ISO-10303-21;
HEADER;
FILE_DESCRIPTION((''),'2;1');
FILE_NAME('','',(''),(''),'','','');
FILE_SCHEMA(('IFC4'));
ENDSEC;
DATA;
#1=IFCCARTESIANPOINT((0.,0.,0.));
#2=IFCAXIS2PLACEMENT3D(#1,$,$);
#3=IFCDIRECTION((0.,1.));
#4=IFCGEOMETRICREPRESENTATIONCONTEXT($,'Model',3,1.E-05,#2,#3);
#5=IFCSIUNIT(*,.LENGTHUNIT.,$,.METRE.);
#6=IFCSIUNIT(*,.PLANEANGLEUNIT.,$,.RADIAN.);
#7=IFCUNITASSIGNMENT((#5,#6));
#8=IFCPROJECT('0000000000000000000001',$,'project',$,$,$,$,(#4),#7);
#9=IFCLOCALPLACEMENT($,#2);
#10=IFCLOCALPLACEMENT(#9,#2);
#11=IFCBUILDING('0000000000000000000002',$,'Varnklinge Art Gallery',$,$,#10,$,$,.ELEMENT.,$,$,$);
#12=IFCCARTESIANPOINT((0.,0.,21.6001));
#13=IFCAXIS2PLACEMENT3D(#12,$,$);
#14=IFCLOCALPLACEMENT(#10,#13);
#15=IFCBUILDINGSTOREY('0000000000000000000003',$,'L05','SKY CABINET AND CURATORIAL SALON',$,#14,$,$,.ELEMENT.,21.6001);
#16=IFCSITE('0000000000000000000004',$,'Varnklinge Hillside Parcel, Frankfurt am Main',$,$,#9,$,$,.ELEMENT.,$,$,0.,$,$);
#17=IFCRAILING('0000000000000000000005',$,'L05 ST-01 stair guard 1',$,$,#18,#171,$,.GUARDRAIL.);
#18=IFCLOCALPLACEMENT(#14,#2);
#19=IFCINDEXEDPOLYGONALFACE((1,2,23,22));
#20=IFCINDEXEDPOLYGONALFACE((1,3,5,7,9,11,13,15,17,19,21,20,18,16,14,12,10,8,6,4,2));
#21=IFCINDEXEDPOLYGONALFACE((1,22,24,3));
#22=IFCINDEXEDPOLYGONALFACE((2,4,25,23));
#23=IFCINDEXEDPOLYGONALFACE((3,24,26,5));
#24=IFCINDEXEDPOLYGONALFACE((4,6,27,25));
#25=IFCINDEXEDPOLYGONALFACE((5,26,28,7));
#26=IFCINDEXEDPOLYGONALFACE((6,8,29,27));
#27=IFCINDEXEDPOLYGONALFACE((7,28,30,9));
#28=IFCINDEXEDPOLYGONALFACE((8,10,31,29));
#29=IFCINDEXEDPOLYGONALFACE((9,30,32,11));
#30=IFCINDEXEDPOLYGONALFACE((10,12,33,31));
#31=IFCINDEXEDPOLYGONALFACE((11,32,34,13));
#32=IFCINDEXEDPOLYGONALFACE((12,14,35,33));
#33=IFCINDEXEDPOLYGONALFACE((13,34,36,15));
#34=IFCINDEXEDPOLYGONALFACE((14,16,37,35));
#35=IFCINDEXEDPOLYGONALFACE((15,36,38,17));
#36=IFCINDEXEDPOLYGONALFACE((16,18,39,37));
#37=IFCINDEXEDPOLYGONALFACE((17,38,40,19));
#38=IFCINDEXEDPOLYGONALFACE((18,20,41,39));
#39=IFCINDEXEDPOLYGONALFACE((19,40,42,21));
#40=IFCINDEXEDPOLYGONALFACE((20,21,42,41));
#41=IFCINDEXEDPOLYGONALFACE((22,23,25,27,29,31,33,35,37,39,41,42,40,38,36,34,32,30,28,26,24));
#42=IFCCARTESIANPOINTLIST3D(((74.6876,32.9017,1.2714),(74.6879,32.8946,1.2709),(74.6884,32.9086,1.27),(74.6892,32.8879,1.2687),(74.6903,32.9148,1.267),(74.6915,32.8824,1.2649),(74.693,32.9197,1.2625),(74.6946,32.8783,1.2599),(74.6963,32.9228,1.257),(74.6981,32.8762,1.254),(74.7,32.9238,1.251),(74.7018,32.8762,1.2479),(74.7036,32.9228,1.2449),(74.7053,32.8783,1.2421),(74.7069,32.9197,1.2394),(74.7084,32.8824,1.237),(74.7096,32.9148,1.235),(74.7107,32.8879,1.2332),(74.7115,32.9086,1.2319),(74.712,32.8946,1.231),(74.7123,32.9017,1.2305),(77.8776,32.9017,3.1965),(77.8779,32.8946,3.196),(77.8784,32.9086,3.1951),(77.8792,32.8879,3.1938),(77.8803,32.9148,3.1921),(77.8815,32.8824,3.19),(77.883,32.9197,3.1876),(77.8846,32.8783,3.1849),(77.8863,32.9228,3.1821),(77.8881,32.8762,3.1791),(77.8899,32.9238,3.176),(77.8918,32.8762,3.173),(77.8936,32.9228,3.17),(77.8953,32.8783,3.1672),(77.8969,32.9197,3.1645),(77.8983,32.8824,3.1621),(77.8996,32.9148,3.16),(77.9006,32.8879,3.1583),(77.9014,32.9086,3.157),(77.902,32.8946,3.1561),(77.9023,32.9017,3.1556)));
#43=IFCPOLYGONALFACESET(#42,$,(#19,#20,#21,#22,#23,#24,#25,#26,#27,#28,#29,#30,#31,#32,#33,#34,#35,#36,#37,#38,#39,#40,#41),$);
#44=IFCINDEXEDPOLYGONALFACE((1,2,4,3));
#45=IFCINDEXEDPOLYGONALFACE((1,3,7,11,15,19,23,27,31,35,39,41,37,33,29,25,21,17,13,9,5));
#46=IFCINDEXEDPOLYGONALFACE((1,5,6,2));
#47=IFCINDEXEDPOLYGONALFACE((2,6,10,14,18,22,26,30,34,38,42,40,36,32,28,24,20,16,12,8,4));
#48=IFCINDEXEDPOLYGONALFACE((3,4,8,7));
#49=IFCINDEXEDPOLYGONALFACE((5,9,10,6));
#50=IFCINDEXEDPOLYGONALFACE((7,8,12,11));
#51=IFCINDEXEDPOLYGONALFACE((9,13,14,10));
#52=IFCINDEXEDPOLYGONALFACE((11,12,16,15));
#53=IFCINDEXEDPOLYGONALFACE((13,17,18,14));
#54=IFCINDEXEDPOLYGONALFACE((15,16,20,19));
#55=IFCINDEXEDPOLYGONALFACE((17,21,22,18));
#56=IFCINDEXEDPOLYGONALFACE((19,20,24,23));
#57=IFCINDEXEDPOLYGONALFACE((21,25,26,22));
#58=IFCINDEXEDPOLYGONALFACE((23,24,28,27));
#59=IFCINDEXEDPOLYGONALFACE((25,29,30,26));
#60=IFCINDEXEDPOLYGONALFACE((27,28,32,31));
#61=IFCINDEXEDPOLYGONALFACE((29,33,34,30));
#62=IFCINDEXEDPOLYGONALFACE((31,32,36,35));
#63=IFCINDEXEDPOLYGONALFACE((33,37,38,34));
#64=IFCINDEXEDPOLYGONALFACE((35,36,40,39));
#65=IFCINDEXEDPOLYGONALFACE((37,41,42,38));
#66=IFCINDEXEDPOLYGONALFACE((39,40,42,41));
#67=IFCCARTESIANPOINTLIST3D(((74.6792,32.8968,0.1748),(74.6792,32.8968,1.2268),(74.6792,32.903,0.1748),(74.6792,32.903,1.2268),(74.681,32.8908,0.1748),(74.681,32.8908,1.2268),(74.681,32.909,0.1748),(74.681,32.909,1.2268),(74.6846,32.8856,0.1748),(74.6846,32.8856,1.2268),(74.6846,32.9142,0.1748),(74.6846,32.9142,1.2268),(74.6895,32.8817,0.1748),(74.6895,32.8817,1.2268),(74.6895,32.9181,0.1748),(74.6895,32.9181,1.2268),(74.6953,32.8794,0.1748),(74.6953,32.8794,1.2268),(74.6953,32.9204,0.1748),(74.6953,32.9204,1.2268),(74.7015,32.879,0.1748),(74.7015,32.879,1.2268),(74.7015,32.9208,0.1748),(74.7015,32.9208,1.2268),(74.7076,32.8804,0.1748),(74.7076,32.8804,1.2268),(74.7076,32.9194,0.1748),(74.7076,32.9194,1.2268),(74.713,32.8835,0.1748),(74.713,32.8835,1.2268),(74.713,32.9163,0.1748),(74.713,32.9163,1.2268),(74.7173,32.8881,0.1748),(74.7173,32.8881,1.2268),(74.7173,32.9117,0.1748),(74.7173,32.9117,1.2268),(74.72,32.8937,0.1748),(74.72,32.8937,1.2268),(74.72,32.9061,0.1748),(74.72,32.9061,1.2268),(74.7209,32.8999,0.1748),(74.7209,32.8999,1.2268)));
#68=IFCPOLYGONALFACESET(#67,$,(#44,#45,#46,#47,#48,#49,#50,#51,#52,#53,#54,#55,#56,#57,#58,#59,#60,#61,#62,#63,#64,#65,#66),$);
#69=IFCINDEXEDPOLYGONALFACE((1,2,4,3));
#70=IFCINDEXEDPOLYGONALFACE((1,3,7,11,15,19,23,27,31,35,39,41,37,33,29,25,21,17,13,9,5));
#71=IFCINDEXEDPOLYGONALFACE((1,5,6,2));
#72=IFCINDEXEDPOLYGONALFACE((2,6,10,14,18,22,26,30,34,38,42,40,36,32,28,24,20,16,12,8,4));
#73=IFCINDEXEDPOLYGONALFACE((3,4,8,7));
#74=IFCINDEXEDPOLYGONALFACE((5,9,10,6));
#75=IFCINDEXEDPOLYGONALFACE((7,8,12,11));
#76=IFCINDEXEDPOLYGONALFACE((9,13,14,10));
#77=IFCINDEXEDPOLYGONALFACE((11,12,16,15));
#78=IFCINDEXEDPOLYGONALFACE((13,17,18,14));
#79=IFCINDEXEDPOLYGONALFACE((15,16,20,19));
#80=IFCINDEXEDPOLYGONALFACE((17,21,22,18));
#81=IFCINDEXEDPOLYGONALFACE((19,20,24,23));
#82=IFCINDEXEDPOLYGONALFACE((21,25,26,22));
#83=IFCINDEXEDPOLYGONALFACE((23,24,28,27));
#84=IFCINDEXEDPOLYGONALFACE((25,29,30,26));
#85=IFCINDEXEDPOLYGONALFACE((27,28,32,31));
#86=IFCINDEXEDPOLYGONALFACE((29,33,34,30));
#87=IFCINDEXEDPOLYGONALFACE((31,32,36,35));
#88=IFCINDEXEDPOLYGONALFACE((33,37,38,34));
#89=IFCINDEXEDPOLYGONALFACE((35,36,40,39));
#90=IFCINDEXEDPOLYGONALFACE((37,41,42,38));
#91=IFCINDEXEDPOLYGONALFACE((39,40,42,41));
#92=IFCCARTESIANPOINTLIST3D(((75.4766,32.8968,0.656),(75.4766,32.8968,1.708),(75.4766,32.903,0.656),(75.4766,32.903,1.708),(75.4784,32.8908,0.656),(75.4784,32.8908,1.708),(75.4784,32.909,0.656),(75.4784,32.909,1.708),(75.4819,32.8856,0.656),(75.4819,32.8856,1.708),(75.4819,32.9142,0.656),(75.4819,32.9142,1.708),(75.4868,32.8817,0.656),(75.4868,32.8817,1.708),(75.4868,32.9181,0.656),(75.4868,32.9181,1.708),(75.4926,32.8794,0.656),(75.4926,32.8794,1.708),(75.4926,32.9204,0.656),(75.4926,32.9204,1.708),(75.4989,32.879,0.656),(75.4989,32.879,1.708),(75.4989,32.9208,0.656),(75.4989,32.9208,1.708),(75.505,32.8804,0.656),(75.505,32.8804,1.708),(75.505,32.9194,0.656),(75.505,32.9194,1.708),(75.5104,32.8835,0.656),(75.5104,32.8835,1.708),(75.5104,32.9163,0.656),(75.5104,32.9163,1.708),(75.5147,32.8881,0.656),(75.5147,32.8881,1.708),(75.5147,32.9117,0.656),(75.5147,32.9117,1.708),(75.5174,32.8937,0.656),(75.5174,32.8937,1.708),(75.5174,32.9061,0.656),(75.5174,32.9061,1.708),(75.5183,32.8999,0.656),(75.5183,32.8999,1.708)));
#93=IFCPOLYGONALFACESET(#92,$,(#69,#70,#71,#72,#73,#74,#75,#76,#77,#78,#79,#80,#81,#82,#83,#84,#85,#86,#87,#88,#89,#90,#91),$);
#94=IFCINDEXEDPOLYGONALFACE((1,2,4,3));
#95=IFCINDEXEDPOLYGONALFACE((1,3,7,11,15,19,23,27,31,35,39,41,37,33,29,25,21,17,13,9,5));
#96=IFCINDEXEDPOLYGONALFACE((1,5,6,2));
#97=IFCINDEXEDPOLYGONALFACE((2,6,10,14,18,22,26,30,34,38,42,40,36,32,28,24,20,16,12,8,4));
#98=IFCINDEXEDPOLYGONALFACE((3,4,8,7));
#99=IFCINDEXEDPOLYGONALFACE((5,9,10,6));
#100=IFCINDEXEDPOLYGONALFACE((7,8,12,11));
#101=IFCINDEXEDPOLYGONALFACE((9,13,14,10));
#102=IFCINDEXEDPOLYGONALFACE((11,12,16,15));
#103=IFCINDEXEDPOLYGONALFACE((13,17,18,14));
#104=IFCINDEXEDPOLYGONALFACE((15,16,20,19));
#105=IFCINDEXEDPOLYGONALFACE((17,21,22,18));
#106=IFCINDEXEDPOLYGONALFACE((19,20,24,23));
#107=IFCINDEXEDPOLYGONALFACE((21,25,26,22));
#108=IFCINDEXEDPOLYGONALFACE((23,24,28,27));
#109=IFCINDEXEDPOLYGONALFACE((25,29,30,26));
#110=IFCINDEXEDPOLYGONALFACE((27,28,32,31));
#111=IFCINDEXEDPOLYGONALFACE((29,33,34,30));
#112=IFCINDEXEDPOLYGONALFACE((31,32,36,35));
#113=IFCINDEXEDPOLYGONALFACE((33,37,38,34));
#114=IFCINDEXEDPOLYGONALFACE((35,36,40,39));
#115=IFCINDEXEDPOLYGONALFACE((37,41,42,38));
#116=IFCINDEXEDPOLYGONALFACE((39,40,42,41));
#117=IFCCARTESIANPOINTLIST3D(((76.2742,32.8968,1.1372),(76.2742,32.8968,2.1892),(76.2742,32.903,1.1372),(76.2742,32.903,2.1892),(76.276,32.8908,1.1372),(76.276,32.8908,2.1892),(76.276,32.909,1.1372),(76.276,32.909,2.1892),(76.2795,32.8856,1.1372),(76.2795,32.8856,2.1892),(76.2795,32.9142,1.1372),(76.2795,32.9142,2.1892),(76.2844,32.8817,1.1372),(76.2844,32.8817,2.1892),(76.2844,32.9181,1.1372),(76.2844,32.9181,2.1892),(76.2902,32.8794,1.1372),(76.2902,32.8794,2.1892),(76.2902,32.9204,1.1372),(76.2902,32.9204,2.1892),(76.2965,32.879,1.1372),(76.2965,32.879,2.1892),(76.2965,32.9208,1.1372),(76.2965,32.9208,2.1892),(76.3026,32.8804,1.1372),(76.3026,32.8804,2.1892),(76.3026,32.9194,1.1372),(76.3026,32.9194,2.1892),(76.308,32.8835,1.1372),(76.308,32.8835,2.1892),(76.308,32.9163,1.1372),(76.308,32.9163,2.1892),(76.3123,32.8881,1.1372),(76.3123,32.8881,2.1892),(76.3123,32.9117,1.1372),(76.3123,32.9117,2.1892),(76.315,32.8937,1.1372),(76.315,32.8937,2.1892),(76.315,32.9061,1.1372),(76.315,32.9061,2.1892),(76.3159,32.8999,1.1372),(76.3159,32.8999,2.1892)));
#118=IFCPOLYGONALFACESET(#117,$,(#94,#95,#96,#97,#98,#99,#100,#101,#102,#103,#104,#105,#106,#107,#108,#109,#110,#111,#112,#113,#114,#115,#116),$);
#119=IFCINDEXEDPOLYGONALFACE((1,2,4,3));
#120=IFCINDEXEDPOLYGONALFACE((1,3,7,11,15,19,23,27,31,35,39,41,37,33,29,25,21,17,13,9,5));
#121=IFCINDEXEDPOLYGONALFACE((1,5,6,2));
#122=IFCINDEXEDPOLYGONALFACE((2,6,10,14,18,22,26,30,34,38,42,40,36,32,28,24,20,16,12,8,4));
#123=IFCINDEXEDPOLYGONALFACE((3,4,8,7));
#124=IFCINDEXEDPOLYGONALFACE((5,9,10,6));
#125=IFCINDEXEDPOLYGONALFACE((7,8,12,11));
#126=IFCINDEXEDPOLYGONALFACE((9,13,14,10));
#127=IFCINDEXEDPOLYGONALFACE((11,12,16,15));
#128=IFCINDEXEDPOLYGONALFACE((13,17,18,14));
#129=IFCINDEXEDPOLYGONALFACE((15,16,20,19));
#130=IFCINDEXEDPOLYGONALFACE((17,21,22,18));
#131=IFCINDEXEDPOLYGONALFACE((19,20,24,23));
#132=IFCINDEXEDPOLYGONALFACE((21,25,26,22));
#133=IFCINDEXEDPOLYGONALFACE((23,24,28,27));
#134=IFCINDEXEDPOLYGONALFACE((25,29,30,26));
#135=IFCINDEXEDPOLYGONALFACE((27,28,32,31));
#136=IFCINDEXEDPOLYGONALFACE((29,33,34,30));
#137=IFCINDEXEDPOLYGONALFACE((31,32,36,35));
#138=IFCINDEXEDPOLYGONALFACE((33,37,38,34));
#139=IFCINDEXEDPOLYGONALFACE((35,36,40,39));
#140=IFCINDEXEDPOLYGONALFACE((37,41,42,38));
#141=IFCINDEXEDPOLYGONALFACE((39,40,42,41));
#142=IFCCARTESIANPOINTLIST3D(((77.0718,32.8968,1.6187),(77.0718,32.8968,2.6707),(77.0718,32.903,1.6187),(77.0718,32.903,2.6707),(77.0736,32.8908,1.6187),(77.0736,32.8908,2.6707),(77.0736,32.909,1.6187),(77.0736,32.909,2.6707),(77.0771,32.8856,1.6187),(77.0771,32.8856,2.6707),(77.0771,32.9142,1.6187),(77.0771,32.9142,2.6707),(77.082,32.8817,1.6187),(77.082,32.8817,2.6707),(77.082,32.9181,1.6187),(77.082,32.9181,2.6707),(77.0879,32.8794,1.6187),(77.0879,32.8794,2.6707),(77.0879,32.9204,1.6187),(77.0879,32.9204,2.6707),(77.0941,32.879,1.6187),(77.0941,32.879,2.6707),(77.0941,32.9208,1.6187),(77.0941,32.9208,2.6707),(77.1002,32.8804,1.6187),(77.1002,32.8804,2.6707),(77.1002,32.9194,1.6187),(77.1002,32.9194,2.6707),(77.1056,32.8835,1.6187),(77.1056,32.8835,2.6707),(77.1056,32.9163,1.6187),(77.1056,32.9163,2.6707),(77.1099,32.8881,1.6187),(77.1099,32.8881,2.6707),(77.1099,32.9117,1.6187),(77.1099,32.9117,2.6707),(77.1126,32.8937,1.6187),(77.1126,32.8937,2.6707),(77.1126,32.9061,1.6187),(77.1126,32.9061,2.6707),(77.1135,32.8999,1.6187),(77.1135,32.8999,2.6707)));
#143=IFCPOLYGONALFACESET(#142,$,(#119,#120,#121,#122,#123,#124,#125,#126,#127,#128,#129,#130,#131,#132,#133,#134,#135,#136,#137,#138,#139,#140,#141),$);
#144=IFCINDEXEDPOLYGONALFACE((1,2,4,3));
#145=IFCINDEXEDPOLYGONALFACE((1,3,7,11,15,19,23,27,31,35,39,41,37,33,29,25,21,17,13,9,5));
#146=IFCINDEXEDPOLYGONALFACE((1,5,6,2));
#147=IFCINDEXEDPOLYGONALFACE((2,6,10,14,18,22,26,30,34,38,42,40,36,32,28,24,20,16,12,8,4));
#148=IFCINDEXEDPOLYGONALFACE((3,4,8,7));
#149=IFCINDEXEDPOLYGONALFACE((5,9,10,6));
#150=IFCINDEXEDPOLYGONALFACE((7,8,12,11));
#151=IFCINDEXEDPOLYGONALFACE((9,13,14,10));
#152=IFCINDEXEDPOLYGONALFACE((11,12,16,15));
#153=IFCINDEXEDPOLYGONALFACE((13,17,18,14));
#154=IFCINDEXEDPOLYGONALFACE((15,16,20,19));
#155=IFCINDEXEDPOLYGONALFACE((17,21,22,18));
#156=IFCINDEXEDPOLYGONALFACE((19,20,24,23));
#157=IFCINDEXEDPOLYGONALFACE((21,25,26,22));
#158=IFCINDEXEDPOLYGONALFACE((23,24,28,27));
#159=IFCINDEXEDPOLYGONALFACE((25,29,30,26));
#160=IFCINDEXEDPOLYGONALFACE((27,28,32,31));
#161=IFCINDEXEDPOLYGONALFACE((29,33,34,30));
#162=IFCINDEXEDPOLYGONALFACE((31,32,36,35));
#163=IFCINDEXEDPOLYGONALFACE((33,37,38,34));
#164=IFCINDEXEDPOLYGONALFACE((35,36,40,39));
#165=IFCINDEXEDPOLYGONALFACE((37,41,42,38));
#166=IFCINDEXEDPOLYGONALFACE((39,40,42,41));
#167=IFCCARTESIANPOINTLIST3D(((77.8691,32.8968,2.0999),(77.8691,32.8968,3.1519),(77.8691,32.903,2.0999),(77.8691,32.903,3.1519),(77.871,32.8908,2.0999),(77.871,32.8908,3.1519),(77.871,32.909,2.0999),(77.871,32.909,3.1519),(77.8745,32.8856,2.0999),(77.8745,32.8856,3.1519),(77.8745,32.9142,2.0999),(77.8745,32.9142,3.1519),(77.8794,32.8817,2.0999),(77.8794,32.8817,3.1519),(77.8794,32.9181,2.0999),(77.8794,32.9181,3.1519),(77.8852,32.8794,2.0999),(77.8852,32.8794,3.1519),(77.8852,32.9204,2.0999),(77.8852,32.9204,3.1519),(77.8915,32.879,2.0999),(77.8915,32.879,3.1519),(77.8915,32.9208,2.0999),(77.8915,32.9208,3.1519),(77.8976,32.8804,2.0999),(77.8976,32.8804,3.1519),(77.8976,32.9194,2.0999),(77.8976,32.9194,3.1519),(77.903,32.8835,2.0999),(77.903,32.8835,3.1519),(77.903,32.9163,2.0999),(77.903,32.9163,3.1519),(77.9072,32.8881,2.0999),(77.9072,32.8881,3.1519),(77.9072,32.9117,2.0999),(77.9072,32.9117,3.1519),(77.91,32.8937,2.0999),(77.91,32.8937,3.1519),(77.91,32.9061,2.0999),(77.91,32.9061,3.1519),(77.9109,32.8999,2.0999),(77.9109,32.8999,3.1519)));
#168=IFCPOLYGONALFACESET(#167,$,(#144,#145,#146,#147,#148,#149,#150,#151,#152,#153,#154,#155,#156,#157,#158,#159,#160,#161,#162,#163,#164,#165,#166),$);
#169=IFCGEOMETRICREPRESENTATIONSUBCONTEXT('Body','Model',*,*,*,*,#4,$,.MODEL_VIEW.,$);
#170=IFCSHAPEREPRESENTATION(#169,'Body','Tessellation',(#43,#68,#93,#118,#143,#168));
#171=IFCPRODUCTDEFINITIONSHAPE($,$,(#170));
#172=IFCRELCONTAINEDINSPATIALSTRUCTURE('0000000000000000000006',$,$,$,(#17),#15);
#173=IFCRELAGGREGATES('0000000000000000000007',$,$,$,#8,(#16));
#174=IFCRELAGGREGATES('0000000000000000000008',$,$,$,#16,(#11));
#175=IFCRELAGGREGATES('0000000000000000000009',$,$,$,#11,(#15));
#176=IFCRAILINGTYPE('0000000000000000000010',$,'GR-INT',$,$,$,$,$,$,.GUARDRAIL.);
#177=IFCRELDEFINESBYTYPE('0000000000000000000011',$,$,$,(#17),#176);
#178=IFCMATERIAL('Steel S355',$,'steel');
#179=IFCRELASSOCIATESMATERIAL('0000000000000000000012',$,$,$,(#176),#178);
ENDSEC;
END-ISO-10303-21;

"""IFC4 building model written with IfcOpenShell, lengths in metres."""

from ifc_helpers import new_model, si_unit, direction, frame, origin, origin_2d, place, context, subcontext, project, spatial, circle, extrude, material, type_object, element, save


model = new_model("IFC4")

# Units and contexts
model_context = context("Model", 3, precision=1e-05, world=origin(), true_north=direction((0.0, 1.0)))
body_context = subcontext(model_context, "Body", "Model", "MODEL_VIEW")
ifc_project = project(units=[si_unit("LENGTHUNIT", "METRE"), si_unit("PLANEANGLEUNIT", "RADIAN")], contexts=[model_context])

# Site, building, storey
site_placement = place(None, origin())
site = spatial("IfcSite", under=ifc_project, at=site_placement, Name="Varnklinge Hillside Parcel, Frankfurt am Main", CompositionType="ELEMENT", RefElevation=0.0)
building_placement = place(site_placement, origin())
building = spatial("IfcBuilding", under=site, at=building_placement, Name="Varnklinge Art Gallery", CompositionType="ELEMENT")
storey_placement = place(building_placement, frame((0.0, 0.0, 21.6001)))
storey = spatial("IfcBuildingStorey", under=building, at=storey_placement, Name="L05", Description="SKY CABINET AND CURATORIAL SALON", CompositionType="ELEMENT", Elevation=21.6001)

# Railing
ifc_material_1 = material(Name="Steel S355", Category="steel")
railing_type_1 = type_object("IfcRailingType", Name="GR-INT", PredefinedType="GUARDRAIL", material=ifc_material_1)
railing_1_placement = place(storey_placement, frame((74.7, 32.8999, 0.1748)))
element("IfcRailing", 1, at=railing_1_placement, inside=storey, type_object=railing_type_1, Name="L05 ST-01 stair guard 1", PredefinedType="GUARDRAIL", context=body_context, shape_type="SweptSolid", body=[
    extrude(circle(Radius=0.0239, at=origin_2d()), frame((0.0, 0.0, 1.0762), z_axis=(0.856178, 0.0, 0.516682), x_axis=(0.0, 1.0, 0.0)), (0.0, 0.0, 1.0), 3.7258),
    extrude(circle(Radius=0.021, at=origin_2d()), origin(), (0.0, 0.0, 1.0), 1.052),
    extrude(circle(Radius=0.021, at=origin_2d()), frame((0.7974, 0.0, 0.4812)), (0.0, 0.0, 1.0), 1.052),
    extrude(circle(Radius=0.021, at=origin_2d()), frame((1.595, 0.0, 0.9624)), (0.0, 0.0, 1.0), 1.052),
    extrude(circle(Radius=0.021, at=origin_2d()), frame((2.3926, 0.0, 1.4438)), (0.0, 0.0, 1.0), 1.052),
    extrude(circle(Radius=0.021, at=origin_2d()), frame((3.1899, 0.0, 1.925)), (0.0, 0.0, 1.0), 1.052),
])

save(model, "model.ifc")
